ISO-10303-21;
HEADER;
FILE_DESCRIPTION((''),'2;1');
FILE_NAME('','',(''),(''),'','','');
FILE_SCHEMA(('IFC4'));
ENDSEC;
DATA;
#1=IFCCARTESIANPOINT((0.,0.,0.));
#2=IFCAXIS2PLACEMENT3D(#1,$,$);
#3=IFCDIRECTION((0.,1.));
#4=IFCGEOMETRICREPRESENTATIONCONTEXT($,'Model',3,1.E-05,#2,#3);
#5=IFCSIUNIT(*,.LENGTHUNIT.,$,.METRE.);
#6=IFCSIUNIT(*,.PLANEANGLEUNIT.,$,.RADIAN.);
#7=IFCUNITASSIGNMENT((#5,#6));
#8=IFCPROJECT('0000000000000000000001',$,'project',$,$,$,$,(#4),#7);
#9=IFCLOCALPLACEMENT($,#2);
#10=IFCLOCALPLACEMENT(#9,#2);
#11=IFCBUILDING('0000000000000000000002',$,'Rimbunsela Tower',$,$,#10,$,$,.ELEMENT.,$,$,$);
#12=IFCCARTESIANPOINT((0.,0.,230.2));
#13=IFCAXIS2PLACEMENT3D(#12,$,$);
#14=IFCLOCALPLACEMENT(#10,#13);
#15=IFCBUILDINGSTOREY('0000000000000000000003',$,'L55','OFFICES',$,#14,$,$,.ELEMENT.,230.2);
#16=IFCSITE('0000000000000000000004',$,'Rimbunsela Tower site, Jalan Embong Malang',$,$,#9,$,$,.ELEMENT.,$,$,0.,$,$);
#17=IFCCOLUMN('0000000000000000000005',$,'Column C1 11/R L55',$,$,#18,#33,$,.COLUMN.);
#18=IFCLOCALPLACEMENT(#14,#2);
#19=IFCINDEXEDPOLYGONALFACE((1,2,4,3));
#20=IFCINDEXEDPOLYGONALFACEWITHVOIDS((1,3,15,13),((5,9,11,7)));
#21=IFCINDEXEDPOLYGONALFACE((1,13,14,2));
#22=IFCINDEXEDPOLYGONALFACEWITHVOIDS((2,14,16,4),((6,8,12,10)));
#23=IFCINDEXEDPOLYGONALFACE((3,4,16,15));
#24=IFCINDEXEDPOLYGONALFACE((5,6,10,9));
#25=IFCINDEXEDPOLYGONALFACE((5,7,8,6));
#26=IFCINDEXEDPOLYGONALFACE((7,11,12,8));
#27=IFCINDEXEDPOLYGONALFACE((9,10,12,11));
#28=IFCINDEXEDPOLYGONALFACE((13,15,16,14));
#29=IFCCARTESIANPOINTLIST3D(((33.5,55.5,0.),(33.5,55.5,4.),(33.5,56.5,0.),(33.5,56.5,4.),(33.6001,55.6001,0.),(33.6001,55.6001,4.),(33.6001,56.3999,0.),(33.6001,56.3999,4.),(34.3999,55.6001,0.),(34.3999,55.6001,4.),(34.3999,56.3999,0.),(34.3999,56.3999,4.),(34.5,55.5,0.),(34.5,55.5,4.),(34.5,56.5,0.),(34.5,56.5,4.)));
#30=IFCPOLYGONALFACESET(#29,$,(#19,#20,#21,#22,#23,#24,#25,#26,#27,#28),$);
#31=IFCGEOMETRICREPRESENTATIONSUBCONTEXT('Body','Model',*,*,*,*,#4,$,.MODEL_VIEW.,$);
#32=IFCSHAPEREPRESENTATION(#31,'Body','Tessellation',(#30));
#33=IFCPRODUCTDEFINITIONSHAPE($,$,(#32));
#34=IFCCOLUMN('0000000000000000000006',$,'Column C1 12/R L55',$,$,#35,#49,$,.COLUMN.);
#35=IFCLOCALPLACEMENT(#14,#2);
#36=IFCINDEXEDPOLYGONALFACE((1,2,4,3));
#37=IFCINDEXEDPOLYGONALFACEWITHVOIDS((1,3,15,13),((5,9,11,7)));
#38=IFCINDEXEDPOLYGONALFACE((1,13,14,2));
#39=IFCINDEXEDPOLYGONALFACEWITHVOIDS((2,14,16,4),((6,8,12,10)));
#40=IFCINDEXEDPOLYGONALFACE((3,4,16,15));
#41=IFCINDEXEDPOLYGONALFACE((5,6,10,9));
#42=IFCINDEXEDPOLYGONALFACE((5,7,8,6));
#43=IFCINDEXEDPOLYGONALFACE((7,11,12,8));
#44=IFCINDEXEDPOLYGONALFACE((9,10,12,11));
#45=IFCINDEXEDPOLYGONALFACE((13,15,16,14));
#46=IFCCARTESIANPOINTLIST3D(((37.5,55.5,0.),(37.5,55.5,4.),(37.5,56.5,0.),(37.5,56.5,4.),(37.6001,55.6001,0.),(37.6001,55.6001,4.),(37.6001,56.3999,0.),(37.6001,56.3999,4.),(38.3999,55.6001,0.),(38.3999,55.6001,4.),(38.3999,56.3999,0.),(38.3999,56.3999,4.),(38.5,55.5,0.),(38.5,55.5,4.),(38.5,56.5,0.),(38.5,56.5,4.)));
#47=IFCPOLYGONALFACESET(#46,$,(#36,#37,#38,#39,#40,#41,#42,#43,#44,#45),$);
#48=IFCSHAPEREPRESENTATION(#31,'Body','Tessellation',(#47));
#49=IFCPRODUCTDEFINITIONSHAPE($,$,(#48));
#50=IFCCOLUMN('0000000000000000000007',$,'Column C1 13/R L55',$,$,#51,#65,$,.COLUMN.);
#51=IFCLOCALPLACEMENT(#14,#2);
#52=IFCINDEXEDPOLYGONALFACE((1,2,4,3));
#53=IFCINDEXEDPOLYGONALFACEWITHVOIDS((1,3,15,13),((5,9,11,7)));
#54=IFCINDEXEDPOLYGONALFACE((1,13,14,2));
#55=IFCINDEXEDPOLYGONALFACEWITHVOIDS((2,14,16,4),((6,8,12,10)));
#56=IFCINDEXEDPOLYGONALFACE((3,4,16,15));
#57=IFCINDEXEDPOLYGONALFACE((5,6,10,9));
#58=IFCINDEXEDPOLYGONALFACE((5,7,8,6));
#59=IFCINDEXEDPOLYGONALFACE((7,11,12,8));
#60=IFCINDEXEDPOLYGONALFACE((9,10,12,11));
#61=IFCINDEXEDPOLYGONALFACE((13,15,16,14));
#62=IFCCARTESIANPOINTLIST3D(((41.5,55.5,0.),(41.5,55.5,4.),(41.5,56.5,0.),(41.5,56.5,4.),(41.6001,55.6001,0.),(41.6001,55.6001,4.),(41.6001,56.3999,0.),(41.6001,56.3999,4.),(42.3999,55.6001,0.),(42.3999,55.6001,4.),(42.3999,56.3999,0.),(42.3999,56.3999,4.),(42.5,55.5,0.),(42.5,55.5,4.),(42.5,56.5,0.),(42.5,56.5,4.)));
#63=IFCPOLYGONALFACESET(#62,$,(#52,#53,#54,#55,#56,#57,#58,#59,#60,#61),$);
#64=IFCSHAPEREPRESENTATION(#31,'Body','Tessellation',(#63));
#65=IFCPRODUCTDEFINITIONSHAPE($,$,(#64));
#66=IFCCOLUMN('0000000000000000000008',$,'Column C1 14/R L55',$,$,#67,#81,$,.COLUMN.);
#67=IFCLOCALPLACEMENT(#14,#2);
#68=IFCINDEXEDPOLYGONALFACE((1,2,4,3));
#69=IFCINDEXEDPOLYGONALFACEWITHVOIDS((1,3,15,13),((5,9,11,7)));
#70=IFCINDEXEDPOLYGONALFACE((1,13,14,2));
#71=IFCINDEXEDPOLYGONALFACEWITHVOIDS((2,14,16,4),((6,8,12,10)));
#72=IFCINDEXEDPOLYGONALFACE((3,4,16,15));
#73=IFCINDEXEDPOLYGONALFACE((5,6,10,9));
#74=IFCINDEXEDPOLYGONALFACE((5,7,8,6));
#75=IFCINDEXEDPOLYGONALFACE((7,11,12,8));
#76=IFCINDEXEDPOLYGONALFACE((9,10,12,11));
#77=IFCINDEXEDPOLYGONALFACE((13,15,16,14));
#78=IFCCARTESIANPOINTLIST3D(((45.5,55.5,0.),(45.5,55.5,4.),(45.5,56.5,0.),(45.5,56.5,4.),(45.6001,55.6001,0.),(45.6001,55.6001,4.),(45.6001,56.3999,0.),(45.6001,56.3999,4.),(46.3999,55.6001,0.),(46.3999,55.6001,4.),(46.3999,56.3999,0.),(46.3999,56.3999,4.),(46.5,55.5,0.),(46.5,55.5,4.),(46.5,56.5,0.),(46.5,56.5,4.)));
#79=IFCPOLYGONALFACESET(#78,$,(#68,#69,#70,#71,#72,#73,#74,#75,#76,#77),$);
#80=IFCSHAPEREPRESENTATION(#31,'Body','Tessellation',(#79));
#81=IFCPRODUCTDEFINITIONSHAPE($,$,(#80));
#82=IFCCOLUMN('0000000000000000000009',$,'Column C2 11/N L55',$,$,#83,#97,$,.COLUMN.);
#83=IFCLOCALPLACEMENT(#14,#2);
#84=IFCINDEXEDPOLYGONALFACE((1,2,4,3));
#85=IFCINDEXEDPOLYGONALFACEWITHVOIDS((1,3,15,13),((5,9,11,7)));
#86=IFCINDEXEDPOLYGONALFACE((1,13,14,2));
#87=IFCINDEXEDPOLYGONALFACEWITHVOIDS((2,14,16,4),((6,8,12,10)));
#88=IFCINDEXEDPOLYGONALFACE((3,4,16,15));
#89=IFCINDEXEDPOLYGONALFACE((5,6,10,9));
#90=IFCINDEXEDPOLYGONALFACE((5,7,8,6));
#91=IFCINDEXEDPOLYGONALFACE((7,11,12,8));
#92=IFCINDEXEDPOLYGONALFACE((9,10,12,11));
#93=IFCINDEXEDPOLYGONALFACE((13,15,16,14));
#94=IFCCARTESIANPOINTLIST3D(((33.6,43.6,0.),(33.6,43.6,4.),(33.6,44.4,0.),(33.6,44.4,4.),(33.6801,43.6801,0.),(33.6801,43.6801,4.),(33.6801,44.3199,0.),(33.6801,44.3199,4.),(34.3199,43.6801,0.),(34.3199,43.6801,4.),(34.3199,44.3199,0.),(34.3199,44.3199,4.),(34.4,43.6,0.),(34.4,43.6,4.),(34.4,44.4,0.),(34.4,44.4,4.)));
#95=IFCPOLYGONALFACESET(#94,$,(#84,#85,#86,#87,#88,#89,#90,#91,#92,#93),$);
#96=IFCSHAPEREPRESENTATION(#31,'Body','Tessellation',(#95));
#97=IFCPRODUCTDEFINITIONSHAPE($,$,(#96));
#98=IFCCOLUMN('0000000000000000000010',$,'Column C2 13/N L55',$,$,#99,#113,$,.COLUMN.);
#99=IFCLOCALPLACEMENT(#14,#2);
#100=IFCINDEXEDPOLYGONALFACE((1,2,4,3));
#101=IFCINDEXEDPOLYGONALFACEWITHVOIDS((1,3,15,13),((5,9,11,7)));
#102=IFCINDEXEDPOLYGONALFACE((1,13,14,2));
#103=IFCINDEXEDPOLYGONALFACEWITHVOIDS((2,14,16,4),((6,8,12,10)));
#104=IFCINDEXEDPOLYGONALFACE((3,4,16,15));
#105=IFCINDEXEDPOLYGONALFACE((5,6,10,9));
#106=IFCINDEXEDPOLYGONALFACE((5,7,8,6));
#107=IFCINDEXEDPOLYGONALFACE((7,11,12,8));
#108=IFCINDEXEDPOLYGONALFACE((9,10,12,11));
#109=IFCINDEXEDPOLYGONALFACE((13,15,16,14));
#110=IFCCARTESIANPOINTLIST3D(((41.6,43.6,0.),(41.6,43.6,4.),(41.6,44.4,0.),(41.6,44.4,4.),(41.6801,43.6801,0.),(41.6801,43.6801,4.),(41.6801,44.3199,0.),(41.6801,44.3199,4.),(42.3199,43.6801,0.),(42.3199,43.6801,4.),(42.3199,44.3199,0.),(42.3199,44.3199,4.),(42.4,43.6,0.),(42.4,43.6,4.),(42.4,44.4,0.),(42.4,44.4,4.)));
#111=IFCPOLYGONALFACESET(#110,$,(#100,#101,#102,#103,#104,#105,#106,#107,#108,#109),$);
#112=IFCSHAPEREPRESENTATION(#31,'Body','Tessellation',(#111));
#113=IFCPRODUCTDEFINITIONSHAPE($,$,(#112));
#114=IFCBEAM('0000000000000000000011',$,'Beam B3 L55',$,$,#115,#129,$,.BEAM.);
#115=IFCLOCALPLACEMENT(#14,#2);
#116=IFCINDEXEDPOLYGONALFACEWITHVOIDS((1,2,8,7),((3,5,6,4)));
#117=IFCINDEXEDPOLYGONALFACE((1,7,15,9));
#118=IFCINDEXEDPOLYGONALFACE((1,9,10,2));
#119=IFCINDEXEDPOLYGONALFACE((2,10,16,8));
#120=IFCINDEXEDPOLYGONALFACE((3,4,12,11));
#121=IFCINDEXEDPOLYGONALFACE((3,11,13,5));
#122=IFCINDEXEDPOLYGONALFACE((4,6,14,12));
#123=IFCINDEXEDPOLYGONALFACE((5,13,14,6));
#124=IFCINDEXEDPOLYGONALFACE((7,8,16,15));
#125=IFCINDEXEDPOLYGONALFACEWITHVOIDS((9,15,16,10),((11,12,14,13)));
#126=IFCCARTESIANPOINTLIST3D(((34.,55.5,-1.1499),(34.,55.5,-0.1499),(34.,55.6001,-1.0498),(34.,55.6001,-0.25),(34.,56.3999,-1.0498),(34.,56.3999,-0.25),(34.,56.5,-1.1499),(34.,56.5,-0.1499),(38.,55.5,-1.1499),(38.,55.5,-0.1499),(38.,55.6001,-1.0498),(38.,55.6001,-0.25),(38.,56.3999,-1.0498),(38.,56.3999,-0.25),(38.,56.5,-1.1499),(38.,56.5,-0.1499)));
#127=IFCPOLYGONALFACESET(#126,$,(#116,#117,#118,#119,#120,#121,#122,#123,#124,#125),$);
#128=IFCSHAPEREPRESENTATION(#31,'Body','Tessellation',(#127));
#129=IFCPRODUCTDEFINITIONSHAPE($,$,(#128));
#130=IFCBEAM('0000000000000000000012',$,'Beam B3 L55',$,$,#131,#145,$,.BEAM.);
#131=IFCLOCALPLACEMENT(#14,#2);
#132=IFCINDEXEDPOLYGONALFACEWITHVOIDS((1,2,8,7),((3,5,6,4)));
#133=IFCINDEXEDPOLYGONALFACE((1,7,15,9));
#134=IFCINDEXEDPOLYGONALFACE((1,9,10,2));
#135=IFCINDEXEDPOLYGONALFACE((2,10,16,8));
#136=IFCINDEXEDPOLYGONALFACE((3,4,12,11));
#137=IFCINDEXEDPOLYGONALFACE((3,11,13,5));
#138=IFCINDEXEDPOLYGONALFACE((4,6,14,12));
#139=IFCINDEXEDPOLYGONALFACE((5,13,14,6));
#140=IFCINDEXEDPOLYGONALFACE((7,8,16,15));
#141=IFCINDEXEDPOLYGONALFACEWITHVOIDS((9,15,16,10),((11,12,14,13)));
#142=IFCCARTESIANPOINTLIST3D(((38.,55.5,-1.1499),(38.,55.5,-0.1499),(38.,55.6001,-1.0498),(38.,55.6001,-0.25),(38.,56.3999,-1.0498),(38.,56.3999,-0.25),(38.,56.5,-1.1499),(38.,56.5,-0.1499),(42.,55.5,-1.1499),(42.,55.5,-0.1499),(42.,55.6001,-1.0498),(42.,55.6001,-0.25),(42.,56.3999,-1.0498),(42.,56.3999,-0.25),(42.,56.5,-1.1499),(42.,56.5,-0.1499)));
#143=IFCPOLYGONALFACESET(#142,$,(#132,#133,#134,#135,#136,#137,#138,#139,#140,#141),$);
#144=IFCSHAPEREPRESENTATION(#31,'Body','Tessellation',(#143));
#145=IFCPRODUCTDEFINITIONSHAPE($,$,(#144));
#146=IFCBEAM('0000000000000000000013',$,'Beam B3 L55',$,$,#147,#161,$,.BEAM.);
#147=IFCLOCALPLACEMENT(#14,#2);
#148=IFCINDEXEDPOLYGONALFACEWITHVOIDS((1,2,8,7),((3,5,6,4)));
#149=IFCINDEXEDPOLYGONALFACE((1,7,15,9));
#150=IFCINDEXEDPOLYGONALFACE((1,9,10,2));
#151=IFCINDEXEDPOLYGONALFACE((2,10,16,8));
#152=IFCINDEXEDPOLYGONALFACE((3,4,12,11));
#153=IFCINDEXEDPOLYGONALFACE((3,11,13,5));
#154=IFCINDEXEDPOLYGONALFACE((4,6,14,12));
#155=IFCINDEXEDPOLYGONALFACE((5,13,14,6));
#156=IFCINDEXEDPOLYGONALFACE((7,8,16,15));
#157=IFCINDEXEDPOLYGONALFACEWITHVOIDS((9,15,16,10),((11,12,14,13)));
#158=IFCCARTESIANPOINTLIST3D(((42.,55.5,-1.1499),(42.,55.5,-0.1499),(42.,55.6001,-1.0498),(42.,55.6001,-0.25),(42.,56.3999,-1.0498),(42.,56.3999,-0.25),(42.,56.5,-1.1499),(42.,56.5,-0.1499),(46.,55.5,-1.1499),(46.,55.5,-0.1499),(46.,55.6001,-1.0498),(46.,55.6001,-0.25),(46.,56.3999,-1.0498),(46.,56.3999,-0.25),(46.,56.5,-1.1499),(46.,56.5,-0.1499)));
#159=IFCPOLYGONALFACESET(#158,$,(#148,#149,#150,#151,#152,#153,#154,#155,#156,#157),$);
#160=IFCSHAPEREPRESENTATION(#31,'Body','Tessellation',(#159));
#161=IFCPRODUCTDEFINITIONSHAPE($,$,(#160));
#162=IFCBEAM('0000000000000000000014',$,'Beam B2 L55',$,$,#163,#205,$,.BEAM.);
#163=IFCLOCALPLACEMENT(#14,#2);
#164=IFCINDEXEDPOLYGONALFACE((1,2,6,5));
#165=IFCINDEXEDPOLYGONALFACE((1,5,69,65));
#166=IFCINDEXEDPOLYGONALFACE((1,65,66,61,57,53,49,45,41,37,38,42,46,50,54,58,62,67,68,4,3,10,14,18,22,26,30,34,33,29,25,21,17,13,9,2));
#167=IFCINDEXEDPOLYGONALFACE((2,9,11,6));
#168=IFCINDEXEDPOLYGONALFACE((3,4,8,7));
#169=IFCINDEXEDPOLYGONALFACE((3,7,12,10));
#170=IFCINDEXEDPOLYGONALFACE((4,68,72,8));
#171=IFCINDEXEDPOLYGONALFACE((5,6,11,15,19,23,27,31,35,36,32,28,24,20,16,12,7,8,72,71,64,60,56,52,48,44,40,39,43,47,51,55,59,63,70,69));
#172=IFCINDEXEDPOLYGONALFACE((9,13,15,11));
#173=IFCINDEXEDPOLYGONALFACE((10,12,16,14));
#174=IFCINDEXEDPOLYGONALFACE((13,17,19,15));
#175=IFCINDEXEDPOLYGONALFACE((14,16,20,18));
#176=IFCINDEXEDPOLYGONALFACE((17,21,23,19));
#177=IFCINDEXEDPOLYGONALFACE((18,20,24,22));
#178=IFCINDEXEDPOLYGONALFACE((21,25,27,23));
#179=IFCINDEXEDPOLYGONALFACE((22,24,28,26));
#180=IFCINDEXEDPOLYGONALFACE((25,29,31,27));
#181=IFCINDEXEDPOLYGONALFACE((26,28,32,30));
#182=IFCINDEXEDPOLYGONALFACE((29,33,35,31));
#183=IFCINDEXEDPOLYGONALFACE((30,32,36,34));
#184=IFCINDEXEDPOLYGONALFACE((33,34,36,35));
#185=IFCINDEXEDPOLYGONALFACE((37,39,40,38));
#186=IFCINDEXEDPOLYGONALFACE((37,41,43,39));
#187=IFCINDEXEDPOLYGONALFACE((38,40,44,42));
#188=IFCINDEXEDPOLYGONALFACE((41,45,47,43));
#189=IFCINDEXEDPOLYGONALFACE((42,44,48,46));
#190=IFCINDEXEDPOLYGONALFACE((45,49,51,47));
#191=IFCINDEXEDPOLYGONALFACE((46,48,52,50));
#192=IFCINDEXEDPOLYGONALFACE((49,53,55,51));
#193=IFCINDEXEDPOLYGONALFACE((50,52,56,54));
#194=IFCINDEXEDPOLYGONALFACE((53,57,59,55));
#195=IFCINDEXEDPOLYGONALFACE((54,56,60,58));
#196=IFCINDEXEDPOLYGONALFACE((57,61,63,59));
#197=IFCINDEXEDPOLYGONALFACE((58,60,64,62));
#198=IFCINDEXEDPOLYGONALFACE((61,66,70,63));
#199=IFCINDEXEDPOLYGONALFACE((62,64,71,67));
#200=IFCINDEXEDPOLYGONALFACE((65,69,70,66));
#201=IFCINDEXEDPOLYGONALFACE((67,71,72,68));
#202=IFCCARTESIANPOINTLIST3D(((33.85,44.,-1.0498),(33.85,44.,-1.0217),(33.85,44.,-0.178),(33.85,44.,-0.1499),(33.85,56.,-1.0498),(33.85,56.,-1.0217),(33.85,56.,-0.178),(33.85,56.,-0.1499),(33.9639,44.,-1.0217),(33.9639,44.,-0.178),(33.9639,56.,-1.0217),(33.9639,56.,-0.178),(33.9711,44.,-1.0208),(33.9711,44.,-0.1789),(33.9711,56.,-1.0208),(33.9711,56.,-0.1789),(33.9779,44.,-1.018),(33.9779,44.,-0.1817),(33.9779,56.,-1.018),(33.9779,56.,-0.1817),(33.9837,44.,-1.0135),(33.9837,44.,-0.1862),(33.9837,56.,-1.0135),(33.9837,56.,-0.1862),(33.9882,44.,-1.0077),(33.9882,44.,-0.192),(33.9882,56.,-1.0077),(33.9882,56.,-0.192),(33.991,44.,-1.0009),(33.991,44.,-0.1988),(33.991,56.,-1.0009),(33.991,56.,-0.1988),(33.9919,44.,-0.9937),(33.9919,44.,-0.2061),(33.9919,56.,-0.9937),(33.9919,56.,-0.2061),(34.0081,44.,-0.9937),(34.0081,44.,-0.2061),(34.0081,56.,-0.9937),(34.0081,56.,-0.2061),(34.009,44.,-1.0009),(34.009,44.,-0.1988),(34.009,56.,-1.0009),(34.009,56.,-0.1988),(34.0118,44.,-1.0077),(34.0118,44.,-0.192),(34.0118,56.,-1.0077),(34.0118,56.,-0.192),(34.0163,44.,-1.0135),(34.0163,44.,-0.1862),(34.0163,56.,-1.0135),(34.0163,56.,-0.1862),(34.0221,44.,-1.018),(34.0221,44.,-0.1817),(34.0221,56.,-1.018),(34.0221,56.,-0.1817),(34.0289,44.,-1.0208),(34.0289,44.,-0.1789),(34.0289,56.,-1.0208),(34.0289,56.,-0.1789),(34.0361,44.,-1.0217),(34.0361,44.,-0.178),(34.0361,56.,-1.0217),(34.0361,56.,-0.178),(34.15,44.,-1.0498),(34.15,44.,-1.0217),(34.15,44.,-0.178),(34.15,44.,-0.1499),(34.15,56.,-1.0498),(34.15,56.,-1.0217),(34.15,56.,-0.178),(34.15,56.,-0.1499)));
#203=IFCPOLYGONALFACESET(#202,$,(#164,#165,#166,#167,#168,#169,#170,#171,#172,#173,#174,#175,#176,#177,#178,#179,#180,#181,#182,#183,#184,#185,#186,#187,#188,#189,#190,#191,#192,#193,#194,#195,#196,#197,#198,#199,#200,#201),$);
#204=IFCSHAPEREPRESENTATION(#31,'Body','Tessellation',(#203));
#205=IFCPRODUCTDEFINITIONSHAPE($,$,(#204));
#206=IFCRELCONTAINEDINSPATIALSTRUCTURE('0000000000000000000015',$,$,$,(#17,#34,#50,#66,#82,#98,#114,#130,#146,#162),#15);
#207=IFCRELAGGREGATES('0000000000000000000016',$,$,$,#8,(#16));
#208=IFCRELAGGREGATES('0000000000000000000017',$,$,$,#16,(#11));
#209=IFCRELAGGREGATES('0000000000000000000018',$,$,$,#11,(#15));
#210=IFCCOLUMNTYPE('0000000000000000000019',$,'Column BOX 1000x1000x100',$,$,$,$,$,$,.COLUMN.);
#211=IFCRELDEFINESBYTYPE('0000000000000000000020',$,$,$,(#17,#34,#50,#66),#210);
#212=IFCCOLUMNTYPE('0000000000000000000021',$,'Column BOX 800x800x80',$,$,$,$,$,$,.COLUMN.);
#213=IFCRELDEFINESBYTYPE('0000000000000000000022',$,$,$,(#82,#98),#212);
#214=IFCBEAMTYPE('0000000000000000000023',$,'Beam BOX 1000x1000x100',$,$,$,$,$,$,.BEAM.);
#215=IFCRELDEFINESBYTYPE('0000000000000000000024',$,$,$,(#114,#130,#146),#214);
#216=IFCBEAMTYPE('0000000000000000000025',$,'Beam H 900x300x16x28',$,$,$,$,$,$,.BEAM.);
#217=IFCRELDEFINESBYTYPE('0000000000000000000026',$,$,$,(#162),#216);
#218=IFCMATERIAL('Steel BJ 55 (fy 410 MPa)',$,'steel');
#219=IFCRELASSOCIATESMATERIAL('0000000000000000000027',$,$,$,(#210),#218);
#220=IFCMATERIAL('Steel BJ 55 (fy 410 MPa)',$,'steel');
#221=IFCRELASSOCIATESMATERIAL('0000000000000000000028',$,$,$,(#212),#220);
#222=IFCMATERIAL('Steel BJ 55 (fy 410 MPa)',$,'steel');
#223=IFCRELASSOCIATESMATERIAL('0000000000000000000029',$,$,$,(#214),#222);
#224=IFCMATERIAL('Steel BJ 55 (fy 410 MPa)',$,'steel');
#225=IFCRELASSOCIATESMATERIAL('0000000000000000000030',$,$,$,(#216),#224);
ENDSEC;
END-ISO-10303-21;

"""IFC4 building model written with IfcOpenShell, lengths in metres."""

from ifc_helpers import new_model, si_unit, direction, frame, origin, origin_2d, place, context, subcontext, project, spatial, hollow_rectangle, i_section, extrude, material, material_profile, profile_set, type_object, element, save


model = new_model("IFC4")

# Units and contexts
model_context = context("Model", 3, precision=1e-05, world=origin(), true_north=direction((0.0, 1.0)))
body_context = subcontext(model_context, "Body", "Model", "MODEL_VIEW")
ifc_project = project(units=[si_unit("LENGTHUNIT", "METRE"), si_unit("PLANEANGLEUNIT", "RADIAN")], contexts=[model_context])

# Site, building, storey
site_placement = place(None, origin())
site = spatial("IfcSite", under=ifc_project, at=site_placement, Name="Rimbunsela Tower site, Jalan Embong Malang", CompositionType="ELEMENT", RefElevation=0.0)
building_placement = place(site_placement, origin())
building = spatial("IfcBuilding", under=site, at=building_placement, Name="Rimbunsela Tower", CompositionType="ELEMENT")
storey_placement = place(building_placement, frame((0.0, 0.0, 230.2)))
storey = spatial("IfcBuildingStorey", under=building, at=storey_placement, Name="L55", Description="OFFICES", CompositionType="ELEMENT", Elevation=230.2)

# Columns
ifc_material_1 = material(Name="Steel BJ 55 (fy 410 MPa)", Category="steel")
ifc_material_profile_1 = material_profile(ifc_material_1, hollow_rectangle(XDim=1.0, YDim=1.0, WallThickness=0.1001, at=origin_2d()), Name="BOX 1000x1000x100")
ifc_profile_set_1 = profile_set([ifc_material_profile_1], Name="Steel BJ 55 (fy 410 MPa)")
column_type_1 = type_object("IfcColumnType", Name="Column BOX 1000x1000x100", PredefinedType="COLUMN", material=ifc_profile_set_1)
for number, where, z_axis, x_axis, name in (
    (1, (34.0, 56.0, 0.0), (0.0, 0.0, 1.0), (1.0, 0.0, 0.0), "Column C1 11/R L55"),
    (2, (38.0, 56.0, 0.0), (0.0, 0.0, 1.0), (1.0, 0.0, 0.0), "Column C1 12/R L55"),
    (3, (42.0, 56.0, 0.0), (0.0, 0.0, 1.0), (1.0, 0.0, 0.0), "Column C1 13/R L55"),
    (4, (46.0, 56.0, 0.0), (0.0, 0.0, 1.0), (1.0, 0.0, 0.0), "Column C1 14/R L55"),
):
    element("IfcColumn", number, at=place(storey_placement, frame(where, z_axis=z_axis, x_axis=x_axis)), inside=storey, type_object=column_type_1, Name=name, PredefinedType="COLUMN", context=body_context, shape_type="SweptSolid", body=[
        extrude(hollow_rectangle(XDim=1.0, YDim=1.0, WallThickness=0.1001, at=origin_2d()), origin(), (0.0, 0.0, 1.0), 4.0),
    ])
ifc_material_2 = material(Name="Steel BJ 55 (fy 410 MPa)", Category="steel")
ifc_material_profile_2 = material_profile(ifc_material_2, hollow_rectangle(XDim=0.8, YDim=0.8, WallThickness=0.0801, at=origin_2d()), Name="BOX 800x800x80")
ifc_profile_set_2 = profile_set([ifc_material_profile_2], Name="Steel BJ 55 (fy 410 MPa)")
column_type_2 = type_object("IfcColumnType", Name="Column BOX 800x800x80", PredefinedType="COLUMN", material=ifc_profile_set_2)
for number, where, z_axis, x_axis, name in (
    (5, (34.0, 44.0, 0.0), (0.0, 0.0, 1.0), (1.0, 0.0, 0.0), "Column C2 11/N L55"),
    (6, (42.0, 44.0, 0.0), (0.0, 0.0, 1.0), (1.0, 0.0, 0.0), "Column C2 13/N L55"),
):
    element("IfcColumn", number, at=place(storey_placement, frame(where, z_axis=z_axis, x_axis=x_axis)), inside=storey, type_object=column_type_2, Name=name, PredefinedType="COLUMN", context=body_context, shape_type="SweptSolid", body=[
        extrude(hollow_rectangle(XDim=0.8, YDim=0.8, WallThickness=0.0801, at=origin_2d()), origin(), (0.0, 0.0, 1.0), 4.0),
    ])

# Beams
ifc_material_3 = material(Name="Steel BJ 55 (fy 410 MPa)", Category="steel")
ifc_material_profile_3 = material_profile(ifc_material_3, hollow_rectangle(XDim=1.0, YDim=1.0, WallThickness=0.1001, at=origin_2d()), Name="BOX 1000x1000x100")
ifc_profile_set_3 = profile_set([ifc_material_profile_3], Name="Steel BJ 55 (fy 410 MPa)")
beam_type_1 = type_object("IfcBeamType", Name="Beam BOX 1000x1000x100", PredefinedType="BEAM", material=ifc_profile_set_3)
for number, where, z_axis, x_axis, name in (
    (7, (34.0, 56.0, -0.6499), (1.0, 0.0, 0.0), (0.0, 1.0, 0.0), "Beam B3 L55"),
    (8, (38.0, 56.0, -0.6499), (1.0, 0.0, 0.0), (0.0, 1.0, 0.0), "Beam B3 L55"),
    (9, (42.0, 56.0, -0.6499), (1.0, 0.0, 0.0), (0.0, 1.0, 0.0), "Beam B3 L55"),
):
    element("IfcBeam", number, at=place(storey_placement, frame(where, z_axis=z_axis, x_axis=x_axis)), inside=storey, type_object=beam_type_1, Name=name, PredefinedType="BEAM", context=body_context, shape_type="SweptSolid", body=[
        extrude(hollow_rectangle(XDim=1.0, YDim=1.0, WallThickness=0.1001, at=origin_2d()), origin(), (0.0, 0.0, 1.0), 4.0),
    ])
ifc_material_4 = material(Name="Steel BJ 55 (fy 410 MPa)", Category="steel")
ifc_material_profile_4 = material_profile(ifc_material_4, i_section(OverallWidth=0.3, OverallDepth=0.8999, WebThickness=0.0161, FlangeThickness=0.0281, FilletRadius=0.0281, at=origin_2d()), Name="H 900x300x16x28")
ifc_profile_set_4 = profile_set([ifc_material_profile_4], Name="Steel BJ 55 (fy 410 MPa)")
beam_type_2 = type_object("IfcBeamType", Name="Beam H 900x300x16x28", PredefinedType="BEAM", material=ifc_profile_set_4)
for number, where, z_axis, x_axis, name in (
    (10, (34.0, 44.0, -0.5999), (0.0, 1.0, 0.0), (-1.0, 0.0, 0.0), "Beam B2 L55"),
):
    element("IfcBeam", number, at=place(storey_placement, frame(where, z_axis=z_axis, x_axis=x_axis)), inside=storey, type_object=beam_type_2, Name=name, PredefinedType="BEAM", context=body_context, shape_type="SweptSolid", body=[
        extrude(i_section(OverallWidth=0.3, OverallDepth=0.8999, WebThickness=0.0161, FlangeThickness=0.0281, FilletRadius=0.0281, at=origin_2d()), origin(), (0.0, 0.0, 1.0), 12.0),
    ])

save(model, "model.ifc")
